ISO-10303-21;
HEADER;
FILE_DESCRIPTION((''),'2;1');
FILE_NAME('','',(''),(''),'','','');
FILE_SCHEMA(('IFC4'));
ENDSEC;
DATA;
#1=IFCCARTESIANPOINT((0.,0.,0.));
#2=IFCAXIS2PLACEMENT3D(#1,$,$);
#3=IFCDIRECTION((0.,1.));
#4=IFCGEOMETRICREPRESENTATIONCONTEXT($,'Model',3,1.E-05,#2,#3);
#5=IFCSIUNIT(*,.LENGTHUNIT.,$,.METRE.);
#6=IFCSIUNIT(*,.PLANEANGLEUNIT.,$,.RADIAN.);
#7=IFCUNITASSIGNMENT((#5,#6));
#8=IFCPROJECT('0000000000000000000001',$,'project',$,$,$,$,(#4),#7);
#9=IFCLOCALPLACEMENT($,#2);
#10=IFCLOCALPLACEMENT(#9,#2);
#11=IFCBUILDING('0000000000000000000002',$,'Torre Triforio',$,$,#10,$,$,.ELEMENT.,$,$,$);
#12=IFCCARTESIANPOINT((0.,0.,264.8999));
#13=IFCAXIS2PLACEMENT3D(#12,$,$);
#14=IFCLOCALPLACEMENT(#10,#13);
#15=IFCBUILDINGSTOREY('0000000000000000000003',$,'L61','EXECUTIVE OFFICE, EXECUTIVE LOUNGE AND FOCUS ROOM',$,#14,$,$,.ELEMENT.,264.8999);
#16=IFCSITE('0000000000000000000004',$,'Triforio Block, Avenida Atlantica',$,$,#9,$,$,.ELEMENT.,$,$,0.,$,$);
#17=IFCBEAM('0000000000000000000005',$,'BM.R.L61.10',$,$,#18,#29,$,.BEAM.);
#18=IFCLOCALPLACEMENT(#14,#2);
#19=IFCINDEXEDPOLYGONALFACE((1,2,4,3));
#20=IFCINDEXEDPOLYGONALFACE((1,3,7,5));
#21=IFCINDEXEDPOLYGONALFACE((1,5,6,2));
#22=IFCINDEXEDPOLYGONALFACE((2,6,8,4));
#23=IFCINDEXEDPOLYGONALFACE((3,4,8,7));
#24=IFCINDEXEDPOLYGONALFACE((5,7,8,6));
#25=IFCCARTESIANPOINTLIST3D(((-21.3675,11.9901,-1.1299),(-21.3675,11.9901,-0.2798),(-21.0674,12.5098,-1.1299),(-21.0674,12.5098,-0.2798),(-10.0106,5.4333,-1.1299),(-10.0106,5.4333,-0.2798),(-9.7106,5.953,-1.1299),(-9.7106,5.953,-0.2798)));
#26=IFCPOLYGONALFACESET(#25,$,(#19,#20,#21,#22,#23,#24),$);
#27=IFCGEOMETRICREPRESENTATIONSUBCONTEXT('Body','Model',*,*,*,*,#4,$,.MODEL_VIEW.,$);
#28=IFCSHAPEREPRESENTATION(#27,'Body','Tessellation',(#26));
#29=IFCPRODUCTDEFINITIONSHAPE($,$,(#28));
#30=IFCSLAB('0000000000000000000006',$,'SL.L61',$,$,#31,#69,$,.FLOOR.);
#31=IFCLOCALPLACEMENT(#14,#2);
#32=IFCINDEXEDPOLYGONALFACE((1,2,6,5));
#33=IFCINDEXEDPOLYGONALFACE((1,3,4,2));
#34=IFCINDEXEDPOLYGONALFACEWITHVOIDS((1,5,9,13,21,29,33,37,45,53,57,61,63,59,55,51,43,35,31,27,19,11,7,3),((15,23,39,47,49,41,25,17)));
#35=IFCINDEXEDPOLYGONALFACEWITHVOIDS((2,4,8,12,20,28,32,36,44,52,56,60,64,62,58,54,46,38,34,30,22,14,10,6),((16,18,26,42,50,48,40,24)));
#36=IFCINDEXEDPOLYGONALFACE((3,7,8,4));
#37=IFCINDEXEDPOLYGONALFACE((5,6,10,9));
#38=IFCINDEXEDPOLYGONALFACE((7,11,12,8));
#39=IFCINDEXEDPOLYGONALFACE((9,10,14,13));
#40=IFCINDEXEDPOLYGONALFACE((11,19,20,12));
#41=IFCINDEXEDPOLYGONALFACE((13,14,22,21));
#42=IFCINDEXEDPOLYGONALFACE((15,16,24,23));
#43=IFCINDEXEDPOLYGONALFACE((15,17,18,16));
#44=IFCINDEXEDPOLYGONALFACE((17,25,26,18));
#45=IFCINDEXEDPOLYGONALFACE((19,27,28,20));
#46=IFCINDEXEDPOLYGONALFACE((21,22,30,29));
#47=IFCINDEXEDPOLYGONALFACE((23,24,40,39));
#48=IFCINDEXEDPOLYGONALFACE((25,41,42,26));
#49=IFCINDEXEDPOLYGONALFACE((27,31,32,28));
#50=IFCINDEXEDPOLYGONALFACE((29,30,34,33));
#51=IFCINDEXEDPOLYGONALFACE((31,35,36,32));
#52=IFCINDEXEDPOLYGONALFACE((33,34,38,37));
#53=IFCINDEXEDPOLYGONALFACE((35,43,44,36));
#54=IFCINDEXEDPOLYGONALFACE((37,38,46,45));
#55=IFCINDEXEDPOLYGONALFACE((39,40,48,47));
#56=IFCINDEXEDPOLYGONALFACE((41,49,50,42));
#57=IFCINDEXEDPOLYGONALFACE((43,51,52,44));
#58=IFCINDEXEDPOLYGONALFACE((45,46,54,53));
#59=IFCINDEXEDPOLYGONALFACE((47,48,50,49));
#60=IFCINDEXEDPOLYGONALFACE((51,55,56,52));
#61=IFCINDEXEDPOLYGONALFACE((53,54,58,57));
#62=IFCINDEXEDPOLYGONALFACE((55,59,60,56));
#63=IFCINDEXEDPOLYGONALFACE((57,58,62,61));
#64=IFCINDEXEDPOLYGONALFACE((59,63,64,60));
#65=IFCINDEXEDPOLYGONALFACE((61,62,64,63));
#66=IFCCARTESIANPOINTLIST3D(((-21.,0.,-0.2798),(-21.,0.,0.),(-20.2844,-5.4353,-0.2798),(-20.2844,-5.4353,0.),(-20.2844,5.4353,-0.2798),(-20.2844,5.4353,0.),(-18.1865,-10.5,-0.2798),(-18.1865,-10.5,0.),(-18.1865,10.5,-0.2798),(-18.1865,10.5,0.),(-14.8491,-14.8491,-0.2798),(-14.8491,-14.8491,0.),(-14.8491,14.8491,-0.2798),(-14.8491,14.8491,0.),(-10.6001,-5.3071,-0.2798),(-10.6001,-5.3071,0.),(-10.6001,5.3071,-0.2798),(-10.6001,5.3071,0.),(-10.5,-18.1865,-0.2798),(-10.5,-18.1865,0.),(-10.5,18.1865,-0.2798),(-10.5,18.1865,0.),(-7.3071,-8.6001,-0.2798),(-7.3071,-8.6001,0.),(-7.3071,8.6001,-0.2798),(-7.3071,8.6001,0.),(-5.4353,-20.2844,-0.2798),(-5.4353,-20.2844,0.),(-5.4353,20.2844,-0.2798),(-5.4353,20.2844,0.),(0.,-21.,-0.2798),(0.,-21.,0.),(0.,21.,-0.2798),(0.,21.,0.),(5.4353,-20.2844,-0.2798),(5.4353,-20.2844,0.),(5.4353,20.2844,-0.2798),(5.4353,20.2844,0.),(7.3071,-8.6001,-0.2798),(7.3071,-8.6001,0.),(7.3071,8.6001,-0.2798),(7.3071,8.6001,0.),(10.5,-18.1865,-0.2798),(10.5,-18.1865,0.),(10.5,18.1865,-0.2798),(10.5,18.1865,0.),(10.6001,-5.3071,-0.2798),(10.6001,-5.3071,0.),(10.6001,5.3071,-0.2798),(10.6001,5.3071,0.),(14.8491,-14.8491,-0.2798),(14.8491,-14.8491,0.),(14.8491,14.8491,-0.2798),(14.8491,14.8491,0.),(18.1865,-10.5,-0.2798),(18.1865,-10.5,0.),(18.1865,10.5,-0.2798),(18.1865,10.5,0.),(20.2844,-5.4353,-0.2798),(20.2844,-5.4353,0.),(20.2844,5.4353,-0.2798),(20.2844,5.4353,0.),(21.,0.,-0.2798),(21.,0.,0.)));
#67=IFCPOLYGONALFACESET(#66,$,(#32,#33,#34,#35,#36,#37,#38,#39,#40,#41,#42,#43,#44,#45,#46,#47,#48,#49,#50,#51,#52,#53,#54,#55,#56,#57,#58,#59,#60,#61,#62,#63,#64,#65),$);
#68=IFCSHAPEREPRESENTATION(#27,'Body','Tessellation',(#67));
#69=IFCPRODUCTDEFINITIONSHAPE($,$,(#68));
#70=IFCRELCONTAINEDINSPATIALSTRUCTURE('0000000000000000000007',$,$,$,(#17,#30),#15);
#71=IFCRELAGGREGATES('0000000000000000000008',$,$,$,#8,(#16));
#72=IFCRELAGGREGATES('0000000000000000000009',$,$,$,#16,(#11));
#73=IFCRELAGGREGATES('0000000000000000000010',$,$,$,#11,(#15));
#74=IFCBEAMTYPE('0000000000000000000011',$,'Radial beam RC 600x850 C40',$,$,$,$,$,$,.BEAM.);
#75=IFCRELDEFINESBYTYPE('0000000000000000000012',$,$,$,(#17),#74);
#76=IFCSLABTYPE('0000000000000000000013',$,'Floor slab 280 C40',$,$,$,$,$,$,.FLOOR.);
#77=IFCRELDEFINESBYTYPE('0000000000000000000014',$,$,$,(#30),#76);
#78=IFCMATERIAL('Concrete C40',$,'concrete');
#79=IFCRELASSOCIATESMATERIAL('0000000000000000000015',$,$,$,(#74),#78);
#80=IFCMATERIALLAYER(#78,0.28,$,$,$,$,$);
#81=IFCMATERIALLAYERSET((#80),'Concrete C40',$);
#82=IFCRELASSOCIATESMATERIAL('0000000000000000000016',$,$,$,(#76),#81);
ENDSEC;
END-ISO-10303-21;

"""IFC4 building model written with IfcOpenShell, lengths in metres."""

from ifc_helpers import new_model, si_unit, direction, frame, origin, origin_2d, place, context, subcontext, project, spatial, polyline, rectangle, outline, extrude, material, layer, layer_set, material_profile, profile_set, type_object, element, save


model = new_model("IFC4")

# Units and contexts
model_context = context("Model", 3, precision=1e-05, world=origin(), true_north=direction((0.0, 1.0)))
body_context = subcontext(model_context, "Body", "Model", "MODEL_VIEW")
ifc_project = project(units=[si_unit("LENGTHUNIT", "METRE"), si_unit("PLANEANGLEUNIT", "RADIAN")], contexts=[model_context])

# Site, building, storey
site_placement = place(None, origin())
site = spatial("IfcSite", under=ifc_project, at=site_placement, Name="Triforio Block, Avenida Atlantica", CompositionType="ELEMENT", RefElevation=0.0)
building_placement = place(site_placement, origin())
building = spatial("IfcBuilding", under=site, at=building_placement, Name="Torre Triforio", CompositionType="ELEMENT")
storey_placement = place(building_placement, frame((0.0, 0.0, 264.8999)))
storey = spatial("IfcBuildingStorey", under=building, at=storey_placement, Name="L61", Description="EXECUTIVE OFFICE, EXECUTIVE LOUNGE AND FOCUS ROOM", CompositionType="ELEMENT", Elevation=264.8999)

# Beam
ifc_material_1 = material(Name="Concrete C40", Category="concrete")
ifc_material_profile = material_profile(ifc_material_1, rectangle(XDim=0.6001, YDim=0.8501, at=origin_2d()), Name="RC 600x850")
ifc_profile_set = profile_set([ifc_material_profile], Name="Concrete C40")
beam_type = type_object("IfcBeamType", Name="Radial beam RC 600x850 C40", PredefinedType="BEAM", material=ifc_profile_set)
beam_placement = place(storey_placement, frame((-9.8606, 5.6931, -0.7048), z_axis=(-0.866027, 0.499997, 0.0), x_axis=(-0.499997, -0.866027, 0.0)))
element("IfcBeam", 1, at=beam_placement, inside=storey, type_object=beam_type, Name="BM.R.L61.10", PredefinedType="BEAM", context=body_context, shape_type="SweptSolid", body=[
    extrude(rectangle(XDim=0.6001, YDim=0.8501, at=origin_2d()), origin(), (0.0, 0.0, 1.0), 13.1138),
])

# Slab
ifc_layer_1 = layer(ifc_material_1, 0.28)
ifc_layer_set_1 = layer_set([ifc_layer_1], Name="Concrete C40")
slab_type_1 = type_object("IfcSlabType", Name="Floor slab 280 C40", PredefinedType="FLOOR", material=ifc_layer_set_1)
slab_1_placement = place(storey_placement, frame((0.0, 0.0, -0.2798)))
element("IfcSlab", 2, at=slab_1_placement, inside=storey, type_object=slab_type_1, Name="SL.L61", PredefinedType="FLOOR", context=body_context, shape_type="SweptSolid", body=[
    extrude(outline(polyline([(18.1865, -10.5), (20.2844, -5.4353), (21.0, 0.0), (20.2844, 5.4353), (18.1865, 10.5), (14.8491, 14.8491), (10.5, 18.1865), (5.4353, 20.2844), (0.0, 21.0), (-5.4353, 20.2844), (-10.5, 18.1865), (-14.8491, 14.8491), (-18.1865, 10.5), (-20.2844, 5.4353), (-21.0, 0.0), (-20.2844, -5.4353), (-18.1865, -10.5), (-14.8491, -14.8491), (-10.5, -18.1865), (-5.4353, -20.2844), (0.0, -21.0), (5.4353, -20.2844), (10.5, -18.1865), (14.8491, -14.8491), (18.1865, -10.5)]), holes=[polyline([(10.6001, 5.3071), (10.6001, -5.3071), (7.3071, -8.6001), (-7.3071, -8.6001), (-10.6001, -5.3071), (-10.6001, 5.3071), (-7.3071, 8.6001), (7.3071, 8.6001), (10.6001, 5.3071)])]), origin(), (0.0, 0.0, 1.0), 0.2798),
])

save(model, "model.ifc")
